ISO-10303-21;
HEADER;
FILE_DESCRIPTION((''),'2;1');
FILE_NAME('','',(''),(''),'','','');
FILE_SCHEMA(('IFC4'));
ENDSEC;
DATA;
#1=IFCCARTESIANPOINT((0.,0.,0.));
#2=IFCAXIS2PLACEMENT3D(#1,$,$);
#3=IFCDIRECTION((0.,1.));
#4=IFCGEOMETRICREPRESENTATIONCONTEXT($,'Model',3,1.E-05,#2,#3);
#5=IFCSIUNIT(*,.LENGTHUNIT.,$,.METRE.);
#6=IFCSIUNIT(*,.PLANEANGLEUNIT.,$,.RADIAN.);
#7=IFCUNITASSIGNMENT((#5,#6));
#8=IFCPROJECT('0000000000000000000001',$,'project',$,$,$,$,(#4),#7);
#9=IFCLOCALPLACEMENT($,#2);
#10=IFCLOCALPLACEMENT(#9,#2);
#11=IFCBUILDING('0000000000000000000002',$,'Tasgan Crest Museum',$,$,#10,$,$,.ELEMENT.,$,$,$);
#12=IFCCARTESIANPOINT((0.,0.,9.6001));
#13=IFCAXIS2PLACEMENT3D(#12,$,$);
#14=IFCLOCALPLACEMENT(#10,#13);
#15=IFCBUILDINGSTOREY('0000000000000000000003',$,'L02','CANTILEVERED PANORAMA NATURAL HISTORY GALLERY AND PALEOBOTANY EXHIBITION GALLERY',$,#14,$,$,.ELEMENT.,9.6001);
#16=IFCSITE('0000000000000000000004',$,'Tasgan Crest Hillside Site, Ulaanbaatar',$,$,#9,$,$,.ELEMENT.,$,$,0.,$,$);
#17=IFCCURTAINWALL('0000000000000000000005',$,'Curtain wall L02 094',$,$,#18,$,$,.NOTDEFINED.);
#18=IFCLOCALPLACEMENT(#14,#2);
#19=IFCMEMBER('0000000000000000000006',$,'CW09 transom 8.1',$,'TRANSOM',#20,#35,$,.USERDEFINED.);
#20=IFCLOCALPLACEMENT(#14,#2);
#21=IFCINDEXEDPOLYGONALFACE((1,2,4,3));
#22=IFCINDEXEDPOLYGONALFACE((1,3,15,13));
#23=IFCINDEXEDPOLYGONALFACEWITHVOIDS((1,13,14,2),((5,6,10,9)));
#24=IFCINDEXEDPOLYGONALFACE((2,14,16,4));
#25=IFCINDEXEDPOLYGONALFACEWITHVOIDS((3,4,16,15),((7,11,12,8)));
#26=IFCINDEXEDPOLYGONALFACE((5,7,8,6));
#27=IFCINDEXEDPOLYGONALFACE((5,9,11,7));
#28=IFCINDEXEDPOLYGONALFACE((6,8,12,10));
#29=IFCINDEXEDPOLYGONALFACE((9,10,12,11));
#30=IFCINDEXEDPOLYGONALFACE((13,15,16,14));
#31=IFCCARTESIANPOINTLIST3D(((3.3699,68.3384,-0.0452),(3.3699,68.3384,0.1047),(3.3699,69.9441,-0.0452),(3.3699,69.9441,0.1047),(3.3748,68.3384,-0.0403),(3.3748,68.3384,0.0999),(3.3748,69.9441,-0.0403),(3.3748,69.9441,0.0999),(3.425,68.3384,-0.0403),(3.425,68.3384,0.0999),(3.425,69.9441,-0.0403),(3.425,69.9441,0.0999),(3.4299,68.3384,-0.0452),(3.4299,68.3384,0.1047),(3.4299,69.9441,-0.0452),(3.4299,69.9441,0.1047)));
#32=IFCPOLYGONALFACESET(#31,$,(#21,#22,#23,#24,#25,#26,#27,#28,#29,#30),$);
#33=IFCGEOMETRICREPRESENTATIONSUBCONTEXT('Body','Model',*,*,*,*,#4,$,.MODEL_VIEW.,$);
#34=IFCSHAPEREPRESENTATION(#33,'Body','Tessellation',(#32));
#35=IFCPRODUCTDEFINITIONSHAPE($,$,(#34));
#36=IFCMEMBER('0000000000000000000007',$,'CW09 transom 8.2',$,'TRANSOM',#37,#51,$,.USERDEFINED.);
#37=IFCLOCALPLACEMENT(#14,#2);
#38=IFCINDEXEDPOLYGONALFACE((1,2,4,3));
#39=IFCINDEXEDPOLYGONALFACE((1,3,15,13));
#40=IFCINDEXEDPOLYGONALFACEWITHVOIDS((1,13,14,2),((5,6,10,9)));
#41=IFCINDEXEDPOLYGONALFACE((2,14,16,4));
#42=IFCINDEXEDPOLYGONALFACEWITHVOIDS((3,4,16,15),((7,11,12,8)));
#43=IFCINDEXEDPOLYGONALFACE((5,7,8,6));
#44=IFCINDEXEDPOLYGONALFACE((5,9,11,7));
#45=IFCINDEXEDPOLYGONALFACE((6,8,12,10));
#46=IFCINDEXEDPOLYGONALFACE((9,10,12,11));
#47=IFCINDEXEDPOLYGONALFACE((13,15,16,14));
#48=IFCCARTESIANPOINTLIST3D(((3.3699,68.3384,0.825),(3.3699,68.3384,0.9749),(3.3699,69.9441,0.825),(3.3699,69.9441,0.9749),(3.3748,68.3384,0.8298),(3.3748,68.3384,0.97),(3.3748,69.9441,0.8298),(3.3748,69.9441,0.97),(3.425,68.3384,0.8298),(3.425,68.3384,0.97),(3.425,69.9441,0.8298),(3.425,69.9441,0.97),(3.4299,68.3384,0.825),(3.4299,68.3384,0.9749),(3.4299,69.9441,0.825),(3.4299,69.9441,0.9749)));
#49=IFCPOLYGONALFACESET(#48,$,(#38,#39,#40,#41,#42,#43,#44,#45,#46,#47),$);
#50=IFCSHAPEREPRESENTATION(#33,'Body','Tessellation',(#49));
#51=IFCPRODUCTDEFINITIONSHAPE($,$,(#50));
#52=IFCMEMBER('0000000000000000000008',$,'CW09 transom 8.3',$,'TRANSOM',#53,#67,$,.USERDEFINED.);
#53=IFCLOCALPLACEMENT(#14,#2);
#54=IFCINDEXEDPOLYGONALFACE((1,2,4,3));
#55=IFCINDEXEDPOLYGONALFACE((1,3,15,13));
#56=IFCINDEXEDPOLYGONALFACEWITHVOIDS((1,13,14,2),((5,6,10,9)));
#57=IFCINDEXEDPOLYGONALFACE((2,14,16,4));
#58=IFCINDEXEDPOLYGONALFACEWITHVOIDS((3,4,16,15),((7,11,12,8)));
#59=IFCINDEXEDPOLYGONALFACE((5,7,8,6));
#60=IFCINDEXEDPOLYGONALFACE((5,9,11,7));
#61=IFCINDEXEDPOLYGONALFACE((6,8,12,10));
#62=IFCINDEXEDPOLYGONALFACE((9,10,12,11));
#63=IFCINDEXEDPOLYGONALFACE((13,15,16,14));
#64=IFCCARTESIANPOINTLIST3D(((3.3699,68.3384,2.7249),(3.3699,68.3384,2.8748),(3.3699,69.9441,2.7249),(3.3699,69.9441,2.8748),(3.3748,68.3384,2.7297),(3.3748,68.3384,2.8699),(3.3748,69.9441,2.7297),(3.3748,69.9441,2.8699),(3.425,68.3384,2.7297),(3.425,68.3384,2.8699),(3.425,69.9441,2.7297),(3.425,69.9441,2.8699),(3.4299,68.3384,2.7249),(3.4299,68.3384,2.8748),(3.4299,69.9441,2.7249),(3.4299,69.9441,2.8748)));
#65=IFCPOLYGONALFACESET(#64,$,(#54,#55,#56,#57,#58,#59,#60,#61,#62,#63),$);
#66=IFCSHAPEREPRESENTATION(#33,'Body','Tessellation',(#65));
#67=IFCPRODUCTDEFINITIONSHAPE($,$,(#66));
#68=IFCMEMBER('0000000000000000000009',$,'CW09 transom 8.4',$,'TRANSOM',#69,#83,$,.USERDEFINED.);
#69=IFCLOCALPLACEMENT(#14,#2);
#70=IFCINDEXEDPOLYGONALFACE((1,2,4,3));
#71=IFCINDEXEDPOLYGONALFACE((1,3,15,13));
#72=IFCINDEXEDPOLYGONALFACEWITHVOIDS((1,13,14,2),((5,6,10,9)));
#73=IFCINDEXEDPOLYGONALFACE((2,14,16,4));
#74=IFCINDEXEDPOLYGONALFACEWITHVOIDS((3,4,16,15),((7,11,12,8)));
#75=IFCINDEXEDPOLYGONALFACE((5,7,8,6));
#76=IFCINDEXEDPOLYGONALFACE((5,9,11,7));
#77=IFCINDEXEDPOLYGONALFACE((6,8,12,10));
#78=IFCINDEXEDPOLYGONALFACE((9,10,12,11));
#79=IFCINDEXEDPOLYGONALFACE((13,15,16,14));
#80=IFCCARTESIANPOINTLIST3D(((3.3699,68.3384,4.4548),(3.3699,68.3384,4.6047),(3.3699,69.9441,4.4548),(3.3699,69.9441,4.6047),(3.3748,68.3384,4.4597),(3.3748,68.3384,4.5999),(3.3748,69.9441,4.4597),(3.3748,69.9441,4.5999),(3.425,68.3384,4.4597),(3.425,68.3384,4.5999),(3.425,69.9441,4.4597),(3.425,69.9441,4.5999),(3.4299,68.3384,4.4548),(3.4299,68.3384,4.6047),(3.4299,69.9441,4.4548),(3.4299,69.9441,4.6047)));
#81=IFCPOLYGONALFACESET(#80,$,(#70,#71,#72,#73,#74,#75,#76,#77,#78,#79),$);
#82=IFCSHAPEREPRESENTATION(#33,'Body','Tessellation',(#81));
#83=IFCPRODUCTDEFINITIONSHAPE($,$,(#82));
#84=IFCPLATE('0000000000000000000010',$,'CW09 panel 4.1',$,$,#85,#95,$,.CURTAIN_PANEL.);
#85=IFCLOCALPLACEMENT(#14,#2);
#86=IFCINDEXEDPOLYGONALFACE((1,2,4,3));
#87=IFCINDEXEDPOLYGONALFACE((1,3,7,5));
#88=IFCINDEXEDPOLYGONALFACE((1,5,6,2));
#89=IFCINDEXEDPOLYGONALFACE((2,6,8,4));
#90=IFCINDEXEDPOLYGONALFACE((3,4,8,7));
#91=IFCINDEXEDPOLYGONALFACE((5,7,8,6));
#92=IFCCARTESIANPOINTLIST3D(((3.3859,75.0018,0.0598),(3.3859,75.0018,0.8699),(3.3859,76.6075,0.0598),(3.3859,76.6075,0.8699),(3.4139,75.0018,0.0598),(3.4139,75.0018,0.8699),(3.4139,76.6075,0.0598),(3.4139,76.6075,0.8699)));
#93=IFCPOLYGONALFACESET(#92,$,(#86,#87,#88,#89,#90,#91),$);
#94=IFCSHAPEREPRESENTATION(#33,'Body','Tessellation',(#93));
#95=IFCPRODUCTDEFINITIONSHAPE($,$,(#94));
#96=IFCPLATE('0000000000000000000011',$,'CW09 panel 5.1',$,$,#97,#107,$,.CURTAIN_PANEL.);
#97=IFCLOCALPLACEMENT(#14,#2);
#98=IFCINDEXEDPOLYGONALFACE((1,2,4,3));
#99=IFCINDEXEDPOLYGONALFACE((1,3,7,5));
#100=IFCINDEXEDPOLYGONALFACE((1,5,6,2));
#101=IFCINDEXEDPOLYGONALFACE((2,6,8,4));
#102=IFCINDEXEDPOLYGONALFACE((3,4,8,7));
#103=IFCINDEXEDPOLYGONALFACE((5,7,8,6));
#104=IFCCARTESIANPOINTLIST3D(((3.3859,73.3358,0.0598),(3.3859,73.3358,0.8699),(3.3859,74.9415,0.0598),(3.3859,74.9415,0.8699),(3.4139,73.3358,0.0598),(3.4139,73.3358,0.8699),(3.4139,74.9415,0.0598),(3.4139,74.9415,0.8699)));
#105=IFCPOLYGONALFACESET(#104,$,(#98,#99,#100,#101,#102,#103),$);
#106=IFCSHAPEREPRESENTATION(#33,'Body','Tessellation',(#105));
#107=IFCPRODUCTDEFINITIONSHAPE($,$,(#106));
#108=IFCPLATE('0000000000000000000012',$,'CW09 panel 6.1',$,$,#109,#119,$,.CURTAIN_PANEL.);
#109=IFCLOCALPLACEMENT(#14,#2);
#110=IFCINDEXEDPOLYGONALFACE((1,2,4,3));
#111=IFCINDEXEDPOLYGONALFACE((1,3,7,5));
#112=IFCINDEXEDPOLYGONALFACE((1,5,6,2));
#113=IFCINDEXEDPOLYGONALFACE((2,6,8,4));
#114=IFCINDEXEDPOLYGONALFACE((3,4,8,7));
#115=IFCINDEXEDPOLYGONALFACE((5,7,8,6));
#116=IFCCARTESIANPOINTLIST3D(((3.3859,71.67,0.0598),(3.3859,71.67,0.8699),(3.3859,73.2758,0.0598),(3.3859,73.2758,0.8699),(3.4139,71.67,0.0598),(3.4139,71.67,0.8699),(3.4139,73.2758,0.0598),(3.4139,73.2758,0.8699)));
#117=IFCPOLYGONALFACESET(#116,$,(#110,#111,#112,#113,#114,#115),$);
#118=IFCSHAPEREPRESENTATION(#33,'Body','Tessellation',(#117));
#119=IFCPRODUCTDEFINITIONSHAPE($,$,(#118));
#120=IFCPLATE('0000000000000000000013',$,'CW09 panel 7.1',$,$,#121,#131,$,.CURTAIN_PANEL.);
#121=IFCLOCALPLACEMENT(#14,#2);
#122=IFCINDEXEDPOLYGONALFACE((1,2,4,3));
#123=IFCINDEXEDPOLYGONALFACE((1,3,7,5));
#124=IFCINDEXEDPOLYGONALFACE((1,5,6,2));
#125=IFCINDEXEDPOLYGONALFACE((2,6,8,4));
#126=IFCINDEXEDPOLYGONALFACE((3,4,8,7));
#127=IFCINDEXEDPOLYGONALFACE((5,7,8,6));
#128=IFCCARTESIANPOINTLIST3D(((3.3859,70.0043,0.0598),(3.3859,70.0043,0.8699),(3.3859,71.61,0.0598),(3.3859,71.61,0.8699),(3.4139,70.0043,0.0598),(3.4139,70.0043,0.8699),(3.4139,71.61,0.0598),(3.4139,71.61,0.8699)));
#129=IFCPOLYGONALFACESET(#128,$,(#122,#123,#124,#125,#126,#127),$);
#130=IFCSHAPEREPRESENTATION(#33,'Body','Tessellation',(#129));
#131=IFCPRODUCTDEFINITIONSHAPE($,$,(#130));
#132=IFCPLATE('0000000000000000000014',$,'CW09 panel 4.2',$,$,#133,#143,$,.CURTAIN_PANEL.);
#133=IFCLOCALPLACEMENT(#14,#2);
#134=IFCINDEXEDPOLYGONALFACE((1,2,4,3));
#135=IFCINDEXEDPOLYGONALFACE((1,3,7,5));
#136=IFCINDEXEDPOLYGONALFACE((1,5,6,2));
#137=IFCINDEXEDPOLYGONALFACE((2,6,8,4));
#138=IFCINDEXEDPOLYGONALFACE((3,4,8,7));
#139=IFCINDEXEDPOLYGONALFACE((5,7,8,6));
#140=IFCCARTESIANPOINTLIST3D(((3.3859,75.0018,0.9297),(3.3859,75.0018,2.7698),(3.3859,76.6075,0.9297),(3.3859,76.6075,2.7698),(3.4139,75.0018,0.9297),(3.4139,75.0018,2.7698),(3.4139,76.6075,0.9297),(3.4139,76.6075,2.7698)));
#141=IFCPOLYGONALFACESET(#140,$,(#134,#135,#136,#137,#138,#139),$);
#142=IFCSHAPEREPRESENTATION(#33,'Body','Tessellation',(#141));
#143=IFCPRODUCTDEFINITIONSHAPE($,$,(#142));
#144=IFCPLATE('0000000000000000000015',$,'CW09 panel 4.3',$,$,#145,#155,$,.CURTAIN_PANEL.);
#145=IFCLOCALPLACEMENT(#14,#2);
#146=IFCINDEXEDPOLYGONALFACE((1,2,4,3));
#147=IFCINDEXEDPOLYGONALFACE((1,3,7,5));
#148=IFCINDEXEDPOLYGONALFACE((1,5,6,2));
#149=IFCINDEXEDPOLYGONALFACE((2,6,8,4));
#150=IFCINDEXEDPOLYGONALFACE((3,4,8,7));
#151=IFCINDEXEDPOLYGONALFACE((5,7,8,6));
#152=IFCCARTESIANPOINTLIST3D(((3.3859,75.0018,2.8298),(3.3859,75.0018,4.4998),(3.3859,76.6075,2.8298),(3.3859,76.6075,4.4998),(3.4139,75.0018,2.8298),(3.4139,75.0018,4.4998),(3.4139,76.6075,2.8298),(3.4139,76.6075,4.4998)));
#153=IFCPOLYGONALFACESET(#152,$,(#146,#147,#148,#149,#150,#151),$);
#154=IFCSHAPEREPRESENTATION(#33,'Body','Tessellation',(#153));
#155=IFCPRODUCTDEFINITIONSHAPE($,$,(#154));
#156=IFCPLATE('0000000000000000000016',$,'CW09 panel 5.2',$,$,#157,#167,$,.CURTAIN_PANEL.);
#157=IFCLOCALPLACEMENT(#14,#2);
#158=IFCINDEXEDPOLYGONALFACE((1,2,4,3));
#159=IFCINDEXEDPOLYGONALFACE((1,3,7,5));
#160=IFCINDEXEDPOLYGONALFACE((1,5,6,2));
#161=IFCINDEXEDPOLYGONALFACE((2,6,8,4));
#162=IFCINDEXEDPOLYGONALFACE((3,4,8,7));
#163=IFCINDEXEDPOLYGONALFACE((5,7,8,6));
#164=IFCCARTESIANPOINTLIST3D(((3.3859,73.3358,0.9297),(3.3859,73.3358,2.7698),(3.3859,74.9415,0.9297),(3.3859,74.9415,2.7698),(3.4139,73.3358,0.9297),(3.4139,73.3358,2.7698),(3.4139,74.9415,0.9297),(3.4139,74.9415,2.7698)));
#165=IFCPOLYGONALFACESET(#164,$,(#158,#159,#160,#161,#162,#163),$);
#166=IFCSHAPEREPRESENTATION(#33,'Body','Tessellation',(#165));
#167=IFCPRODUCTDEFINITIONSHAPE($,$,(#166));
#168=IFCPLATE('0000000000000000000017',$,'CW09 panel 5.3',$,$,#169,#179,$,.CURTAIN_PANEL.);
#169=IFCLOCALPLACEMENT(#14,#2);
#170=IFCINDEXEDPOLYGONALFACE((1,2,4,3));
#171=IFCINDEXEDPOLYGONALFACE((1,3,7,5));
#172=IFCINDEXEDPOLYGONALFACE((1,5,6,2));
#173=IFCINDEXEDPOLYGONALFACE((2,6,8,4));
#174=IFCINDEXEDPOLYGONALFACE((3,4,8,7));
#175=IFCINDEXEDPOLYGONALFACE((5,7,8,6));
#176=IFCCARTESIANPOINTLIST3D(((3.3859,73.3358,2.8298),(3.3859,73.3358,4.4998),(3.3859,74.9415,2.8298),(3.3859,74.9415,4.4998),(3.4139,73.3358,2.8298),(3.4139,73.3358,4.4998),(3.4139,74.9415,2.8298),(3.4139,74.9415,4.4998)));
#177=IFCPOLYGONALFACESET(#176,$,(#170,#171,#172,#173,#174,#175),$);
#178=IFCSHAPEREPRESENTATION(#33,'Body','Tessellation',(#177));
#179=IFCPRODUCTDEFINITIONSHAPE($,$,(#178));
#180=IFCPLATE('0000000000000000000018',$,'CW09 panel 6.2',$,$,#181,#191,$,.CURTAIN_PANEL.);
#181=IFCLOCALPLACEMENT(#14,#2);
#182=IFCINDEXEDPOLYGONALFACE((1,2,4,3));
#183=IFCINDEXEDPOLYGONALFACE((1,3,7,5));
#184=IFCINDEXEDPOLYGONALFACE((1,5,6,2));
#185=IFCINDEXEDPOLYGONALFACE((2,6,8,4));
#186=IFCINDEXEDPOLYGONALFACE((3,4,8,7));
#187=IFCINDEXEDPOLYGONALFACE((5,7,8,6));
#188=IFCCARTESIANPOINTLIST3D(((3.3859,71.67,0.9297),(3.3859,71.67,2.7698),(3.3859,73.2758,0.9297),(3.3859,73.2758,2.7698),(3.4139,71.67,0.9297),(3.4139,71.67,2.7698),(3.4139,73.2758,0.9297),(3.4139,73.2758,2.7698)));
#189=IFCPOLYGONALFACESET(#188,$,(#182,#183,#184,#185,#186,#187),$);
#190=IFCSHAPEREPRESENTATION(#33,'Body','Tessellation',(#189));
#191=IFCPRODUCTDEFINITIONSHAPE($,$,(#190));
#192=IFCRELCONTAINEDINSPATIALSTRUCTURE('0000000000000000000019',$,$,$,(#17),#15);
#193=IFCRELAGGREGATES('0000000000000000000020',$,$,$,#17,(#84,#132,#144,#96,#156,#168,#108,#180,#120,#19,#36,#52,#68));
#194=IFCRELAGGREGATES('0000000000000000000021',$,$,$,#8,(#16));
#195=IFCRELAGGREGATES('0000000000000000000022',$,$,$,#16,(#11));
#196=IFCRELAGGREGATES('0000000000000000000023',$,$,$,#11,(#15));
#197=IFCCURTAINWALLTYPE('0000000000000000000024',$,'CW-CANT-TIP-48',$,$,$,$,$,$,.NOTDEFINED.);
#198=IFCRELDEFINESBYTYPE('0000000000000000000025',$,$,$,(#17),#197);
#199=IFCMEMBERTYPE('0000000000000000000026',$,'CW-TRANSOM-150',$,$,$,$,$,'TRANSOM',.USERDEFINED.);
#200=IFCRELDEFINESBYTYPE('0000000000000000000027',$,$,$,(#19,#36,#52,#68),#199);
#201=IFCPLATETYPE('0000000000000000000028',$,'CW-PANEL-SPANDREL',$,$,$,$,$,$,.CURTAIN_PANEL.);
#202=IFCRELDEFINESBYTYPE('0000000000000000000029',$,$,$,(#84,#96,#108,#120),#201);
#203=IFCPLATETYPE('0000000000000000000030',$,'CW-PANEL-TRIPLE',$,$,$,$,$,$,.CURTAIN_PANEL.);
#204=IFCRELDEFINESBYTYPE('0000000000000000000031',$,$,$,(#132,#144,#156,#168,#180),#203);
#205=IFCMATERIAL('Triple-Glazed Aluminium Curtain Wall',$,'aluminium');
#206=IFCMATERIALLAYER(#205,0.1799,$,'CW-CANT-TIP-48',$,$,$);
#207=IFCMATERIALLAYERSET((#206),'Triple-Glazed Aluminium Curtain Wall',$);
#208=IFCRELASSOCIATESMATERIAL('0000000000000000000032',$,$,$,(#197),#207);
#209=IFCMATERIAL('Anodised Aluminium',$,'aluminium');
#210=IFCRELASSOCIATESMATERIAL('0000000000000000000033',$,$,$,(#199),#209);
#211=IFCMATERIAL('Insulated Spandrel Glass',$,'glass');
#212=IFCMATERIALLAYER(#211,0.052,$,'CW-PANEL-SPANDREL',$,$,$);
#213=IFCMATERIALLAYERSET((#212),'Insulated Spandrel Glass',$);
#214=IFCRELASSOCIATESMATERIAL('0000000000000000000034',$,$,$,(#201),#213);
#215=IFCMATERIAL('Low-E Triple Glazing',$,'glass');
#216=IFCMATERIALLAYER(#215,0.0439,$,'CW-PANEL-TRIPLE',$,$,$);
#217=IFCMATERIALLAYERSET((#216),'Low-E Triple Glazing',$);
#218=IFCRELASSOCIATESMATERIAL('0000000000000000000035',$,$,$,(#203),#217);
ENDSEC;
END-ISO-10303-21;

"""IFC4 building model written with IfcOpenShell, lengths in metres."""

from ifc_helpers import new_model, si_unit, direction, frame, origin, origin_2d, place, context, subcontext, project, spatial, rectangle, hollow_rectangle, extrude, material, layer, layer_set, material_profile, profile_set, type_object, element, aggregate, save


model = new_model("IFC4")

# Units and contexts
model_context = context("Model", 3, precision=1e-05, world=origin(), true_north=direction((0.0, 1.0)))
body_context = subcontext(model_context, "Body", "Model", "MODEL_VIEW")
ifc_project = project(units=[si_unit("LENGTHUNIT", "METRE"), si_unit("PLANEANGLEUNIT", "RADIAN")], contexts=[model_context])

# Site, building, storey
site_placement = place(None, origin())
site = spatial("IfcSite", under=ifc_project, at=site_placement, Name="Tasgan Crest Hillside Site, Ulaanbaatar", CompositionType="ELEMENT", RefElevation=0.0)
building_placement = place(site_placement, origin())
building = spatial("IfcBuilding", under=site, at=building_placement, Name="Tasgan Crest Museum", CompositionType="ELEMENT")
storey_placement = place(building_placement, frame((0.0, 0.0, 9.6001)))
storey = spatial("IfcBuildingStorey", under=building, at=storey_placement, Name="L02", Description="CANTILEVERED PANORAMA NATURAL HISTORY GALLERY AND PALEOBOTANY EXHIBITION GALLERY", CompositionType="ELEMENT", Elevation=9.6001)

# Curtain wall, members, plates
ifc_material_1 = material(Name="Triple-Glazed Aluminium Curtain Wall", Category="aluminium")
ifc_layer_1 = layer(ifc_material_1, 0.1799, Name="CW-CANT-TIP-48")
ifc_layer_set_1 = layer_set([ifc_layer_1], Name="Triple-Glazed Aluminium Curtain Wall")
curtain_wall_type = type_object("IfcCurtainWallType", Name="CW-CANT-TIP-48", PredefinedType="NOTDEFINED", material=ifc_layer_set_1)
curtain_wall_placement = place(storey_placement, origin())
curtain_wall = element("IfcCurtainWall", 1, at=curtain_wall_placement, inside=storey, type_object=curtain_wall_type, Name="Curtain wall L02 094", PredefinedType="NOTDEFINED")
ifc_material_2 = material(Name="Anodised Aluminium", Category="aluminium")
ifc_material_profile_1 = material_profile(ifc_material_2, hollow_rectangle(XDim=0.0601, YDim=0.1499, WallThickness=0.0049, at=origin_2d()), Name="ALU TRANSOM 150x60x5")
ifc_profile_set_1 = profile_set([ifc_material_profile_1], Name="Anodised Aluminium")
member_type_1 = type_object("IfcMemberType", Name="CW-TRANSOM-150", ElementType="TRANSOM", PredefinedType="USERDEFINED", material=ifc_profile_set_1)
member_1_placement = place(storey_placement, frame((3.3999, 69.9441, 0.0298), z_axis=(0.0, -1.0, 0.0), x_axis=(1.0, 0.0, 0.0)))
member_1 = element("IfcMember", 2, at=member_1_placement, type_object=member_type_1, Name="CW09 transom 8.1", ObjectType="TRANSOM", PredefinedType="USERDEFINED", context=body_context, shape_type="SweptSolid", body=[
    extrude(hollow_rectangle(XDim=0.0601, YDim=0.1499, WallThickness=0.0049, at=origin_2d()), origin(), (0.0, 0.0, 1.0), 1.6057),
])
member_2_placement = place(storey_placement, frame((3.3999, 69.9441, 0.8999), z_axis=(0.0, -1.0, 0.0), x_axis=(1.0, 0.0, 0.0)))
member_2 = element("IfcMember", 3, at=member_2_placement, type_object=member_type_1, Name="CW09 transom 8.2", ObjectType="TRANSOM", PredefinedType="USERDEFINED", context=body_context, shape_type="SweptSolid", body=[
    extrude(hollow_rectangle(XDim=0.0601, YDim=0.1499, WallThickness=0.0049, at=origin_2d()), origin(), (0.0, 0.0, 1.0), 1.6057),
])
member_3_placement = place(storey_placement, frame((3.3999, 69.9441, 2.7998), z_axis=(0.0, -1.0, 0.0), x_axis=(1.0, 0.0, 0.0)))
member_3 = element("IfcMember", 4, at=member_3_placement, type_object=member_type_1, Name="CW09 transom 8.3", ObjectType="TRANSOM", PredefinedType="USERDEFINED", context=body_context, shape_type="SweptSolid", body=[
    extrude(hollow_rectangle(XDim=0.0601, YDim=0.1499, WallThickness=0.0049, at=origin_2d()), origin(), (0.0, 0.0, 1.0), 1.6057),
])
member_4_placement = place(storey_placement, frame((3.3999, 69.9441, 4.5298), z_axis=(0.0, -1.0, 0.0), x_axis=(1.0, 0.0, 0.0)))
member_4 = element("IfcMember", 5, at=member_4_placement, type_object=member_type_1, Name="CW09 transom 8.4", ObjectType="TRANSOM", PredefinedType="USERDEFINED", context=body_context, shape_type="SweptSolid", body=[
    extrude(hollow_rectangle(XDim=0.0601, YDim=0.1499, WallThickness=0.0049, at=origin_2d()), origin(), (0.0, 0.0, 1.0), 1.6057),
])
ifc_material_3 = material(Name="Insulated Spandrel Glass", Category="glass")
ifc_layer_2 = layer(ifc_material_3, 0.052, Name="CW-PANEL-SPANDREL")
ifc_layer_set_2 = layer_set([ifc_layer_2], Name="Insulated Spandrel Glass")
plate_type_1 = type_object("IfcPlateType", Name="CW-PANEL-SPANDREL", PredefinedType="CURTAIN_PANEL", material=ifc_layer_set_2)
plate_1_placement = place(storey_placement, frame((3.3999, 75.8047, 0.0598), z_axis=(0.0, 0.0, 1.0), x_axis=(0.0, -1.0, 0.0)))
plate_1 = element("IfcPlate", 6, at=plate_1_placement, type_object=plate_type_1, Name="CW09 panel 4.1", PredefinedType="CURTAIN_PANEL", context=body_context, shape_type="SweptSolid", body=[
    extrude(rectangle(XDim=1.6057, YDim=0.0281, at=origin_2d()), origin(), (0.0, 0.0, 1.0), 0.8101),
])
plate_2_placement = place(storey_placement, frame((3.3999, 74.1387, 0.0598), z_axis=(0.0, 0.0, 1.0), x_axis=(0.0, -1.0, 0.0)))
plate_2 = element("IfcPlate", 7, at=plate_2_placement, type_object=plate_type_1, Name="CW09 panel 5.1", PredefinedType="CURTAIN_PANEL", context=body_context, shape_type="SweptSolid", body=[
    extrude(rectangle(XDim=1.6057, YDim=0.0281, at=origin_2d()), origin(), (0.0, 0.0, 1.0), 0.8101),
])
plate_3_placement = place(storey_placement, frame((3.3999, 72.4729, 0.0598), z_axis=(0.0, 0.0, 1.0), x_axis=(0.0, -1.0, 0.0)))
plate_3 = element("IfcPlate", 8, at=plate_3_placement, type_object=plate_type_1, Name="CW09 panel 6.1", PredefinedType="CURTAIN_PANEL", context=body_context, shape_type="SweptSolid", body=[
    extrude(rectangle(XDim=1.6057, YDim=0.0281, at=origin_2d()), origin(), (0.0, 0.0, 1.0), 0.8101),
])
plate_4_placement = place(storey_placement, frame((3.3999, 70.8071, 0.0598), z_axis=(0.0, 0.0, 1.0), x_axis=(0.0, -1.0, 0.0)))
plate_4 = element("IfcPlate", 9, at=plate_4_placement, type_object=plate_type_1, Name="CW09 panel 7.1", PredefinedType="CURTAIN_PANEL", context=body_context, shape_type="SweptSolid", body=[
    extrude(rectangle(XDim=1.6057, YDim=0.0281, at=origin_2d()), origin(), (0.0, 0.0, 1.0), 0.8101),
])
ifc_material_4 = material(Name="Low-E Triple Glazing", Category="glass")
ifc_layer_3 = layer(ifc_material_4, 0.0439, Name="CW-PANEL-TRIPLE")
ifc_layer_set_3 = layer_set([ifc_layer_3], Name="Low-E Triple Glazing")
plate_type_2 = type_object("IfcPlateType", Name="CW-PANEL-TRIPLE", PredefinedType="CURTAIN_PANEL", material=ifc_layer_set_3)
plate_5_placement = place(storey_placement, frame((3.3999, 75.8047, 0.9297), z_axis=(0.0, 0.0, 1.0), x_axis=(0.0, -1.0, 0.0)))
plate_5 = element("IfcPlate", 10, at=plate_5_placement, type_object=plate_type_2, Name="CW09 panel 4.2", PredefinedType="CURTAIN_PANEL", context=body_context, shape_type="SweptSolid", body=[
    extrude(rectangle(XDim=1.6057, YDim=0.0281, at=origin_2d()), origin(), (0.0, 0.0, 1.0), 1.8401),
])
plate_6_placement = place(storey_placement, frame((3.3999, 75.8047, 2.8298), z_axis=(0.0, 0.0, 1.0), x_axis=(0.0, -1.0, 0.0)))
plate_6 = element("IfcPlate", 11, at=plate_6_placement, type_object=plate_type_2, Name="CW09 panel 4.3", PredefinedType="CURTAIN_PANEL", context=body_context, shape_type="SweptSolid", body=[
    extrude(rectangle(XDim=1.6057, YDim=0.0281, at=origin_2d()), origin(), (0.0, 0.0, 1.0), 1.6699),
])
plate_7_placement = place(storey_placement, frame((3.3999, 74.1387, 0.9297), z_axis=(0.0, 0.0, 1.0), x_axis=(0.0, -1.0, 0.0)))
plate_7 = element("IfcPlate", 12, at=plate_7_placement, type_object=plate_type_2, Name="CW09 panel 5.2", PredefinedType="CURTAIN_PANEL", context=body_context, shape_type="SweptSolid", body=[
    extrude(rectangle(XDim=1.6057, YDim=0.0281, at=origin_2d()), origin(), (0.0, 0.0, 1.0), 1.8401),
])
plate_8_placement = place(storey_placement, frame((3.3999, 74.1387, 2.8298), z_axis=(0.0, 0.0, 1.0), x_axis=(0.0, -1.0, 0.0)))
plate_8 = element("IfcPlate", 13, at=plate_8_placement, type_object=plate_type_2, Name="CW09 panel 5.3", PredefinedType="CURTAIN_PANEL", context=body_context, shape_type="SweptSolid", body=[
    extrude(rectangle(XDim=1.6057, YDim=0.0281, at=origin_2d()), origin(), (0.0, 0.0, 1.0), 1.6699),
])
plate_9_placement = place(storey_placement, frame((3.3999, 72.4729, 0.9297), z_axis=(0.0, 0.0, 1.0), x_axis=(0.0, -1.0, 0.0)))
plate_9 = element("IfcPlate", 14, at=plate_9_placement, type_object=plate_type_2, Name="CW09 panel 6.2", PredefinedType="CURTAIN_PANEL", context=body_context, shape_type="SweptSolid", body=[
    extrude(rectangle(XDim=1.6057, YDim=0.0281, at=origin_2d()), origin(), (0.0, 0.0, 1.0), 1.8401),
])
aggregate(curtain_wall, [plate_1, plate_5, plate_6, plate_2, plate_7, plate_8, plate_3, plate_9, plate_4, member_1, member_2, member_3, member_4])

save(model, "model.ifc")
